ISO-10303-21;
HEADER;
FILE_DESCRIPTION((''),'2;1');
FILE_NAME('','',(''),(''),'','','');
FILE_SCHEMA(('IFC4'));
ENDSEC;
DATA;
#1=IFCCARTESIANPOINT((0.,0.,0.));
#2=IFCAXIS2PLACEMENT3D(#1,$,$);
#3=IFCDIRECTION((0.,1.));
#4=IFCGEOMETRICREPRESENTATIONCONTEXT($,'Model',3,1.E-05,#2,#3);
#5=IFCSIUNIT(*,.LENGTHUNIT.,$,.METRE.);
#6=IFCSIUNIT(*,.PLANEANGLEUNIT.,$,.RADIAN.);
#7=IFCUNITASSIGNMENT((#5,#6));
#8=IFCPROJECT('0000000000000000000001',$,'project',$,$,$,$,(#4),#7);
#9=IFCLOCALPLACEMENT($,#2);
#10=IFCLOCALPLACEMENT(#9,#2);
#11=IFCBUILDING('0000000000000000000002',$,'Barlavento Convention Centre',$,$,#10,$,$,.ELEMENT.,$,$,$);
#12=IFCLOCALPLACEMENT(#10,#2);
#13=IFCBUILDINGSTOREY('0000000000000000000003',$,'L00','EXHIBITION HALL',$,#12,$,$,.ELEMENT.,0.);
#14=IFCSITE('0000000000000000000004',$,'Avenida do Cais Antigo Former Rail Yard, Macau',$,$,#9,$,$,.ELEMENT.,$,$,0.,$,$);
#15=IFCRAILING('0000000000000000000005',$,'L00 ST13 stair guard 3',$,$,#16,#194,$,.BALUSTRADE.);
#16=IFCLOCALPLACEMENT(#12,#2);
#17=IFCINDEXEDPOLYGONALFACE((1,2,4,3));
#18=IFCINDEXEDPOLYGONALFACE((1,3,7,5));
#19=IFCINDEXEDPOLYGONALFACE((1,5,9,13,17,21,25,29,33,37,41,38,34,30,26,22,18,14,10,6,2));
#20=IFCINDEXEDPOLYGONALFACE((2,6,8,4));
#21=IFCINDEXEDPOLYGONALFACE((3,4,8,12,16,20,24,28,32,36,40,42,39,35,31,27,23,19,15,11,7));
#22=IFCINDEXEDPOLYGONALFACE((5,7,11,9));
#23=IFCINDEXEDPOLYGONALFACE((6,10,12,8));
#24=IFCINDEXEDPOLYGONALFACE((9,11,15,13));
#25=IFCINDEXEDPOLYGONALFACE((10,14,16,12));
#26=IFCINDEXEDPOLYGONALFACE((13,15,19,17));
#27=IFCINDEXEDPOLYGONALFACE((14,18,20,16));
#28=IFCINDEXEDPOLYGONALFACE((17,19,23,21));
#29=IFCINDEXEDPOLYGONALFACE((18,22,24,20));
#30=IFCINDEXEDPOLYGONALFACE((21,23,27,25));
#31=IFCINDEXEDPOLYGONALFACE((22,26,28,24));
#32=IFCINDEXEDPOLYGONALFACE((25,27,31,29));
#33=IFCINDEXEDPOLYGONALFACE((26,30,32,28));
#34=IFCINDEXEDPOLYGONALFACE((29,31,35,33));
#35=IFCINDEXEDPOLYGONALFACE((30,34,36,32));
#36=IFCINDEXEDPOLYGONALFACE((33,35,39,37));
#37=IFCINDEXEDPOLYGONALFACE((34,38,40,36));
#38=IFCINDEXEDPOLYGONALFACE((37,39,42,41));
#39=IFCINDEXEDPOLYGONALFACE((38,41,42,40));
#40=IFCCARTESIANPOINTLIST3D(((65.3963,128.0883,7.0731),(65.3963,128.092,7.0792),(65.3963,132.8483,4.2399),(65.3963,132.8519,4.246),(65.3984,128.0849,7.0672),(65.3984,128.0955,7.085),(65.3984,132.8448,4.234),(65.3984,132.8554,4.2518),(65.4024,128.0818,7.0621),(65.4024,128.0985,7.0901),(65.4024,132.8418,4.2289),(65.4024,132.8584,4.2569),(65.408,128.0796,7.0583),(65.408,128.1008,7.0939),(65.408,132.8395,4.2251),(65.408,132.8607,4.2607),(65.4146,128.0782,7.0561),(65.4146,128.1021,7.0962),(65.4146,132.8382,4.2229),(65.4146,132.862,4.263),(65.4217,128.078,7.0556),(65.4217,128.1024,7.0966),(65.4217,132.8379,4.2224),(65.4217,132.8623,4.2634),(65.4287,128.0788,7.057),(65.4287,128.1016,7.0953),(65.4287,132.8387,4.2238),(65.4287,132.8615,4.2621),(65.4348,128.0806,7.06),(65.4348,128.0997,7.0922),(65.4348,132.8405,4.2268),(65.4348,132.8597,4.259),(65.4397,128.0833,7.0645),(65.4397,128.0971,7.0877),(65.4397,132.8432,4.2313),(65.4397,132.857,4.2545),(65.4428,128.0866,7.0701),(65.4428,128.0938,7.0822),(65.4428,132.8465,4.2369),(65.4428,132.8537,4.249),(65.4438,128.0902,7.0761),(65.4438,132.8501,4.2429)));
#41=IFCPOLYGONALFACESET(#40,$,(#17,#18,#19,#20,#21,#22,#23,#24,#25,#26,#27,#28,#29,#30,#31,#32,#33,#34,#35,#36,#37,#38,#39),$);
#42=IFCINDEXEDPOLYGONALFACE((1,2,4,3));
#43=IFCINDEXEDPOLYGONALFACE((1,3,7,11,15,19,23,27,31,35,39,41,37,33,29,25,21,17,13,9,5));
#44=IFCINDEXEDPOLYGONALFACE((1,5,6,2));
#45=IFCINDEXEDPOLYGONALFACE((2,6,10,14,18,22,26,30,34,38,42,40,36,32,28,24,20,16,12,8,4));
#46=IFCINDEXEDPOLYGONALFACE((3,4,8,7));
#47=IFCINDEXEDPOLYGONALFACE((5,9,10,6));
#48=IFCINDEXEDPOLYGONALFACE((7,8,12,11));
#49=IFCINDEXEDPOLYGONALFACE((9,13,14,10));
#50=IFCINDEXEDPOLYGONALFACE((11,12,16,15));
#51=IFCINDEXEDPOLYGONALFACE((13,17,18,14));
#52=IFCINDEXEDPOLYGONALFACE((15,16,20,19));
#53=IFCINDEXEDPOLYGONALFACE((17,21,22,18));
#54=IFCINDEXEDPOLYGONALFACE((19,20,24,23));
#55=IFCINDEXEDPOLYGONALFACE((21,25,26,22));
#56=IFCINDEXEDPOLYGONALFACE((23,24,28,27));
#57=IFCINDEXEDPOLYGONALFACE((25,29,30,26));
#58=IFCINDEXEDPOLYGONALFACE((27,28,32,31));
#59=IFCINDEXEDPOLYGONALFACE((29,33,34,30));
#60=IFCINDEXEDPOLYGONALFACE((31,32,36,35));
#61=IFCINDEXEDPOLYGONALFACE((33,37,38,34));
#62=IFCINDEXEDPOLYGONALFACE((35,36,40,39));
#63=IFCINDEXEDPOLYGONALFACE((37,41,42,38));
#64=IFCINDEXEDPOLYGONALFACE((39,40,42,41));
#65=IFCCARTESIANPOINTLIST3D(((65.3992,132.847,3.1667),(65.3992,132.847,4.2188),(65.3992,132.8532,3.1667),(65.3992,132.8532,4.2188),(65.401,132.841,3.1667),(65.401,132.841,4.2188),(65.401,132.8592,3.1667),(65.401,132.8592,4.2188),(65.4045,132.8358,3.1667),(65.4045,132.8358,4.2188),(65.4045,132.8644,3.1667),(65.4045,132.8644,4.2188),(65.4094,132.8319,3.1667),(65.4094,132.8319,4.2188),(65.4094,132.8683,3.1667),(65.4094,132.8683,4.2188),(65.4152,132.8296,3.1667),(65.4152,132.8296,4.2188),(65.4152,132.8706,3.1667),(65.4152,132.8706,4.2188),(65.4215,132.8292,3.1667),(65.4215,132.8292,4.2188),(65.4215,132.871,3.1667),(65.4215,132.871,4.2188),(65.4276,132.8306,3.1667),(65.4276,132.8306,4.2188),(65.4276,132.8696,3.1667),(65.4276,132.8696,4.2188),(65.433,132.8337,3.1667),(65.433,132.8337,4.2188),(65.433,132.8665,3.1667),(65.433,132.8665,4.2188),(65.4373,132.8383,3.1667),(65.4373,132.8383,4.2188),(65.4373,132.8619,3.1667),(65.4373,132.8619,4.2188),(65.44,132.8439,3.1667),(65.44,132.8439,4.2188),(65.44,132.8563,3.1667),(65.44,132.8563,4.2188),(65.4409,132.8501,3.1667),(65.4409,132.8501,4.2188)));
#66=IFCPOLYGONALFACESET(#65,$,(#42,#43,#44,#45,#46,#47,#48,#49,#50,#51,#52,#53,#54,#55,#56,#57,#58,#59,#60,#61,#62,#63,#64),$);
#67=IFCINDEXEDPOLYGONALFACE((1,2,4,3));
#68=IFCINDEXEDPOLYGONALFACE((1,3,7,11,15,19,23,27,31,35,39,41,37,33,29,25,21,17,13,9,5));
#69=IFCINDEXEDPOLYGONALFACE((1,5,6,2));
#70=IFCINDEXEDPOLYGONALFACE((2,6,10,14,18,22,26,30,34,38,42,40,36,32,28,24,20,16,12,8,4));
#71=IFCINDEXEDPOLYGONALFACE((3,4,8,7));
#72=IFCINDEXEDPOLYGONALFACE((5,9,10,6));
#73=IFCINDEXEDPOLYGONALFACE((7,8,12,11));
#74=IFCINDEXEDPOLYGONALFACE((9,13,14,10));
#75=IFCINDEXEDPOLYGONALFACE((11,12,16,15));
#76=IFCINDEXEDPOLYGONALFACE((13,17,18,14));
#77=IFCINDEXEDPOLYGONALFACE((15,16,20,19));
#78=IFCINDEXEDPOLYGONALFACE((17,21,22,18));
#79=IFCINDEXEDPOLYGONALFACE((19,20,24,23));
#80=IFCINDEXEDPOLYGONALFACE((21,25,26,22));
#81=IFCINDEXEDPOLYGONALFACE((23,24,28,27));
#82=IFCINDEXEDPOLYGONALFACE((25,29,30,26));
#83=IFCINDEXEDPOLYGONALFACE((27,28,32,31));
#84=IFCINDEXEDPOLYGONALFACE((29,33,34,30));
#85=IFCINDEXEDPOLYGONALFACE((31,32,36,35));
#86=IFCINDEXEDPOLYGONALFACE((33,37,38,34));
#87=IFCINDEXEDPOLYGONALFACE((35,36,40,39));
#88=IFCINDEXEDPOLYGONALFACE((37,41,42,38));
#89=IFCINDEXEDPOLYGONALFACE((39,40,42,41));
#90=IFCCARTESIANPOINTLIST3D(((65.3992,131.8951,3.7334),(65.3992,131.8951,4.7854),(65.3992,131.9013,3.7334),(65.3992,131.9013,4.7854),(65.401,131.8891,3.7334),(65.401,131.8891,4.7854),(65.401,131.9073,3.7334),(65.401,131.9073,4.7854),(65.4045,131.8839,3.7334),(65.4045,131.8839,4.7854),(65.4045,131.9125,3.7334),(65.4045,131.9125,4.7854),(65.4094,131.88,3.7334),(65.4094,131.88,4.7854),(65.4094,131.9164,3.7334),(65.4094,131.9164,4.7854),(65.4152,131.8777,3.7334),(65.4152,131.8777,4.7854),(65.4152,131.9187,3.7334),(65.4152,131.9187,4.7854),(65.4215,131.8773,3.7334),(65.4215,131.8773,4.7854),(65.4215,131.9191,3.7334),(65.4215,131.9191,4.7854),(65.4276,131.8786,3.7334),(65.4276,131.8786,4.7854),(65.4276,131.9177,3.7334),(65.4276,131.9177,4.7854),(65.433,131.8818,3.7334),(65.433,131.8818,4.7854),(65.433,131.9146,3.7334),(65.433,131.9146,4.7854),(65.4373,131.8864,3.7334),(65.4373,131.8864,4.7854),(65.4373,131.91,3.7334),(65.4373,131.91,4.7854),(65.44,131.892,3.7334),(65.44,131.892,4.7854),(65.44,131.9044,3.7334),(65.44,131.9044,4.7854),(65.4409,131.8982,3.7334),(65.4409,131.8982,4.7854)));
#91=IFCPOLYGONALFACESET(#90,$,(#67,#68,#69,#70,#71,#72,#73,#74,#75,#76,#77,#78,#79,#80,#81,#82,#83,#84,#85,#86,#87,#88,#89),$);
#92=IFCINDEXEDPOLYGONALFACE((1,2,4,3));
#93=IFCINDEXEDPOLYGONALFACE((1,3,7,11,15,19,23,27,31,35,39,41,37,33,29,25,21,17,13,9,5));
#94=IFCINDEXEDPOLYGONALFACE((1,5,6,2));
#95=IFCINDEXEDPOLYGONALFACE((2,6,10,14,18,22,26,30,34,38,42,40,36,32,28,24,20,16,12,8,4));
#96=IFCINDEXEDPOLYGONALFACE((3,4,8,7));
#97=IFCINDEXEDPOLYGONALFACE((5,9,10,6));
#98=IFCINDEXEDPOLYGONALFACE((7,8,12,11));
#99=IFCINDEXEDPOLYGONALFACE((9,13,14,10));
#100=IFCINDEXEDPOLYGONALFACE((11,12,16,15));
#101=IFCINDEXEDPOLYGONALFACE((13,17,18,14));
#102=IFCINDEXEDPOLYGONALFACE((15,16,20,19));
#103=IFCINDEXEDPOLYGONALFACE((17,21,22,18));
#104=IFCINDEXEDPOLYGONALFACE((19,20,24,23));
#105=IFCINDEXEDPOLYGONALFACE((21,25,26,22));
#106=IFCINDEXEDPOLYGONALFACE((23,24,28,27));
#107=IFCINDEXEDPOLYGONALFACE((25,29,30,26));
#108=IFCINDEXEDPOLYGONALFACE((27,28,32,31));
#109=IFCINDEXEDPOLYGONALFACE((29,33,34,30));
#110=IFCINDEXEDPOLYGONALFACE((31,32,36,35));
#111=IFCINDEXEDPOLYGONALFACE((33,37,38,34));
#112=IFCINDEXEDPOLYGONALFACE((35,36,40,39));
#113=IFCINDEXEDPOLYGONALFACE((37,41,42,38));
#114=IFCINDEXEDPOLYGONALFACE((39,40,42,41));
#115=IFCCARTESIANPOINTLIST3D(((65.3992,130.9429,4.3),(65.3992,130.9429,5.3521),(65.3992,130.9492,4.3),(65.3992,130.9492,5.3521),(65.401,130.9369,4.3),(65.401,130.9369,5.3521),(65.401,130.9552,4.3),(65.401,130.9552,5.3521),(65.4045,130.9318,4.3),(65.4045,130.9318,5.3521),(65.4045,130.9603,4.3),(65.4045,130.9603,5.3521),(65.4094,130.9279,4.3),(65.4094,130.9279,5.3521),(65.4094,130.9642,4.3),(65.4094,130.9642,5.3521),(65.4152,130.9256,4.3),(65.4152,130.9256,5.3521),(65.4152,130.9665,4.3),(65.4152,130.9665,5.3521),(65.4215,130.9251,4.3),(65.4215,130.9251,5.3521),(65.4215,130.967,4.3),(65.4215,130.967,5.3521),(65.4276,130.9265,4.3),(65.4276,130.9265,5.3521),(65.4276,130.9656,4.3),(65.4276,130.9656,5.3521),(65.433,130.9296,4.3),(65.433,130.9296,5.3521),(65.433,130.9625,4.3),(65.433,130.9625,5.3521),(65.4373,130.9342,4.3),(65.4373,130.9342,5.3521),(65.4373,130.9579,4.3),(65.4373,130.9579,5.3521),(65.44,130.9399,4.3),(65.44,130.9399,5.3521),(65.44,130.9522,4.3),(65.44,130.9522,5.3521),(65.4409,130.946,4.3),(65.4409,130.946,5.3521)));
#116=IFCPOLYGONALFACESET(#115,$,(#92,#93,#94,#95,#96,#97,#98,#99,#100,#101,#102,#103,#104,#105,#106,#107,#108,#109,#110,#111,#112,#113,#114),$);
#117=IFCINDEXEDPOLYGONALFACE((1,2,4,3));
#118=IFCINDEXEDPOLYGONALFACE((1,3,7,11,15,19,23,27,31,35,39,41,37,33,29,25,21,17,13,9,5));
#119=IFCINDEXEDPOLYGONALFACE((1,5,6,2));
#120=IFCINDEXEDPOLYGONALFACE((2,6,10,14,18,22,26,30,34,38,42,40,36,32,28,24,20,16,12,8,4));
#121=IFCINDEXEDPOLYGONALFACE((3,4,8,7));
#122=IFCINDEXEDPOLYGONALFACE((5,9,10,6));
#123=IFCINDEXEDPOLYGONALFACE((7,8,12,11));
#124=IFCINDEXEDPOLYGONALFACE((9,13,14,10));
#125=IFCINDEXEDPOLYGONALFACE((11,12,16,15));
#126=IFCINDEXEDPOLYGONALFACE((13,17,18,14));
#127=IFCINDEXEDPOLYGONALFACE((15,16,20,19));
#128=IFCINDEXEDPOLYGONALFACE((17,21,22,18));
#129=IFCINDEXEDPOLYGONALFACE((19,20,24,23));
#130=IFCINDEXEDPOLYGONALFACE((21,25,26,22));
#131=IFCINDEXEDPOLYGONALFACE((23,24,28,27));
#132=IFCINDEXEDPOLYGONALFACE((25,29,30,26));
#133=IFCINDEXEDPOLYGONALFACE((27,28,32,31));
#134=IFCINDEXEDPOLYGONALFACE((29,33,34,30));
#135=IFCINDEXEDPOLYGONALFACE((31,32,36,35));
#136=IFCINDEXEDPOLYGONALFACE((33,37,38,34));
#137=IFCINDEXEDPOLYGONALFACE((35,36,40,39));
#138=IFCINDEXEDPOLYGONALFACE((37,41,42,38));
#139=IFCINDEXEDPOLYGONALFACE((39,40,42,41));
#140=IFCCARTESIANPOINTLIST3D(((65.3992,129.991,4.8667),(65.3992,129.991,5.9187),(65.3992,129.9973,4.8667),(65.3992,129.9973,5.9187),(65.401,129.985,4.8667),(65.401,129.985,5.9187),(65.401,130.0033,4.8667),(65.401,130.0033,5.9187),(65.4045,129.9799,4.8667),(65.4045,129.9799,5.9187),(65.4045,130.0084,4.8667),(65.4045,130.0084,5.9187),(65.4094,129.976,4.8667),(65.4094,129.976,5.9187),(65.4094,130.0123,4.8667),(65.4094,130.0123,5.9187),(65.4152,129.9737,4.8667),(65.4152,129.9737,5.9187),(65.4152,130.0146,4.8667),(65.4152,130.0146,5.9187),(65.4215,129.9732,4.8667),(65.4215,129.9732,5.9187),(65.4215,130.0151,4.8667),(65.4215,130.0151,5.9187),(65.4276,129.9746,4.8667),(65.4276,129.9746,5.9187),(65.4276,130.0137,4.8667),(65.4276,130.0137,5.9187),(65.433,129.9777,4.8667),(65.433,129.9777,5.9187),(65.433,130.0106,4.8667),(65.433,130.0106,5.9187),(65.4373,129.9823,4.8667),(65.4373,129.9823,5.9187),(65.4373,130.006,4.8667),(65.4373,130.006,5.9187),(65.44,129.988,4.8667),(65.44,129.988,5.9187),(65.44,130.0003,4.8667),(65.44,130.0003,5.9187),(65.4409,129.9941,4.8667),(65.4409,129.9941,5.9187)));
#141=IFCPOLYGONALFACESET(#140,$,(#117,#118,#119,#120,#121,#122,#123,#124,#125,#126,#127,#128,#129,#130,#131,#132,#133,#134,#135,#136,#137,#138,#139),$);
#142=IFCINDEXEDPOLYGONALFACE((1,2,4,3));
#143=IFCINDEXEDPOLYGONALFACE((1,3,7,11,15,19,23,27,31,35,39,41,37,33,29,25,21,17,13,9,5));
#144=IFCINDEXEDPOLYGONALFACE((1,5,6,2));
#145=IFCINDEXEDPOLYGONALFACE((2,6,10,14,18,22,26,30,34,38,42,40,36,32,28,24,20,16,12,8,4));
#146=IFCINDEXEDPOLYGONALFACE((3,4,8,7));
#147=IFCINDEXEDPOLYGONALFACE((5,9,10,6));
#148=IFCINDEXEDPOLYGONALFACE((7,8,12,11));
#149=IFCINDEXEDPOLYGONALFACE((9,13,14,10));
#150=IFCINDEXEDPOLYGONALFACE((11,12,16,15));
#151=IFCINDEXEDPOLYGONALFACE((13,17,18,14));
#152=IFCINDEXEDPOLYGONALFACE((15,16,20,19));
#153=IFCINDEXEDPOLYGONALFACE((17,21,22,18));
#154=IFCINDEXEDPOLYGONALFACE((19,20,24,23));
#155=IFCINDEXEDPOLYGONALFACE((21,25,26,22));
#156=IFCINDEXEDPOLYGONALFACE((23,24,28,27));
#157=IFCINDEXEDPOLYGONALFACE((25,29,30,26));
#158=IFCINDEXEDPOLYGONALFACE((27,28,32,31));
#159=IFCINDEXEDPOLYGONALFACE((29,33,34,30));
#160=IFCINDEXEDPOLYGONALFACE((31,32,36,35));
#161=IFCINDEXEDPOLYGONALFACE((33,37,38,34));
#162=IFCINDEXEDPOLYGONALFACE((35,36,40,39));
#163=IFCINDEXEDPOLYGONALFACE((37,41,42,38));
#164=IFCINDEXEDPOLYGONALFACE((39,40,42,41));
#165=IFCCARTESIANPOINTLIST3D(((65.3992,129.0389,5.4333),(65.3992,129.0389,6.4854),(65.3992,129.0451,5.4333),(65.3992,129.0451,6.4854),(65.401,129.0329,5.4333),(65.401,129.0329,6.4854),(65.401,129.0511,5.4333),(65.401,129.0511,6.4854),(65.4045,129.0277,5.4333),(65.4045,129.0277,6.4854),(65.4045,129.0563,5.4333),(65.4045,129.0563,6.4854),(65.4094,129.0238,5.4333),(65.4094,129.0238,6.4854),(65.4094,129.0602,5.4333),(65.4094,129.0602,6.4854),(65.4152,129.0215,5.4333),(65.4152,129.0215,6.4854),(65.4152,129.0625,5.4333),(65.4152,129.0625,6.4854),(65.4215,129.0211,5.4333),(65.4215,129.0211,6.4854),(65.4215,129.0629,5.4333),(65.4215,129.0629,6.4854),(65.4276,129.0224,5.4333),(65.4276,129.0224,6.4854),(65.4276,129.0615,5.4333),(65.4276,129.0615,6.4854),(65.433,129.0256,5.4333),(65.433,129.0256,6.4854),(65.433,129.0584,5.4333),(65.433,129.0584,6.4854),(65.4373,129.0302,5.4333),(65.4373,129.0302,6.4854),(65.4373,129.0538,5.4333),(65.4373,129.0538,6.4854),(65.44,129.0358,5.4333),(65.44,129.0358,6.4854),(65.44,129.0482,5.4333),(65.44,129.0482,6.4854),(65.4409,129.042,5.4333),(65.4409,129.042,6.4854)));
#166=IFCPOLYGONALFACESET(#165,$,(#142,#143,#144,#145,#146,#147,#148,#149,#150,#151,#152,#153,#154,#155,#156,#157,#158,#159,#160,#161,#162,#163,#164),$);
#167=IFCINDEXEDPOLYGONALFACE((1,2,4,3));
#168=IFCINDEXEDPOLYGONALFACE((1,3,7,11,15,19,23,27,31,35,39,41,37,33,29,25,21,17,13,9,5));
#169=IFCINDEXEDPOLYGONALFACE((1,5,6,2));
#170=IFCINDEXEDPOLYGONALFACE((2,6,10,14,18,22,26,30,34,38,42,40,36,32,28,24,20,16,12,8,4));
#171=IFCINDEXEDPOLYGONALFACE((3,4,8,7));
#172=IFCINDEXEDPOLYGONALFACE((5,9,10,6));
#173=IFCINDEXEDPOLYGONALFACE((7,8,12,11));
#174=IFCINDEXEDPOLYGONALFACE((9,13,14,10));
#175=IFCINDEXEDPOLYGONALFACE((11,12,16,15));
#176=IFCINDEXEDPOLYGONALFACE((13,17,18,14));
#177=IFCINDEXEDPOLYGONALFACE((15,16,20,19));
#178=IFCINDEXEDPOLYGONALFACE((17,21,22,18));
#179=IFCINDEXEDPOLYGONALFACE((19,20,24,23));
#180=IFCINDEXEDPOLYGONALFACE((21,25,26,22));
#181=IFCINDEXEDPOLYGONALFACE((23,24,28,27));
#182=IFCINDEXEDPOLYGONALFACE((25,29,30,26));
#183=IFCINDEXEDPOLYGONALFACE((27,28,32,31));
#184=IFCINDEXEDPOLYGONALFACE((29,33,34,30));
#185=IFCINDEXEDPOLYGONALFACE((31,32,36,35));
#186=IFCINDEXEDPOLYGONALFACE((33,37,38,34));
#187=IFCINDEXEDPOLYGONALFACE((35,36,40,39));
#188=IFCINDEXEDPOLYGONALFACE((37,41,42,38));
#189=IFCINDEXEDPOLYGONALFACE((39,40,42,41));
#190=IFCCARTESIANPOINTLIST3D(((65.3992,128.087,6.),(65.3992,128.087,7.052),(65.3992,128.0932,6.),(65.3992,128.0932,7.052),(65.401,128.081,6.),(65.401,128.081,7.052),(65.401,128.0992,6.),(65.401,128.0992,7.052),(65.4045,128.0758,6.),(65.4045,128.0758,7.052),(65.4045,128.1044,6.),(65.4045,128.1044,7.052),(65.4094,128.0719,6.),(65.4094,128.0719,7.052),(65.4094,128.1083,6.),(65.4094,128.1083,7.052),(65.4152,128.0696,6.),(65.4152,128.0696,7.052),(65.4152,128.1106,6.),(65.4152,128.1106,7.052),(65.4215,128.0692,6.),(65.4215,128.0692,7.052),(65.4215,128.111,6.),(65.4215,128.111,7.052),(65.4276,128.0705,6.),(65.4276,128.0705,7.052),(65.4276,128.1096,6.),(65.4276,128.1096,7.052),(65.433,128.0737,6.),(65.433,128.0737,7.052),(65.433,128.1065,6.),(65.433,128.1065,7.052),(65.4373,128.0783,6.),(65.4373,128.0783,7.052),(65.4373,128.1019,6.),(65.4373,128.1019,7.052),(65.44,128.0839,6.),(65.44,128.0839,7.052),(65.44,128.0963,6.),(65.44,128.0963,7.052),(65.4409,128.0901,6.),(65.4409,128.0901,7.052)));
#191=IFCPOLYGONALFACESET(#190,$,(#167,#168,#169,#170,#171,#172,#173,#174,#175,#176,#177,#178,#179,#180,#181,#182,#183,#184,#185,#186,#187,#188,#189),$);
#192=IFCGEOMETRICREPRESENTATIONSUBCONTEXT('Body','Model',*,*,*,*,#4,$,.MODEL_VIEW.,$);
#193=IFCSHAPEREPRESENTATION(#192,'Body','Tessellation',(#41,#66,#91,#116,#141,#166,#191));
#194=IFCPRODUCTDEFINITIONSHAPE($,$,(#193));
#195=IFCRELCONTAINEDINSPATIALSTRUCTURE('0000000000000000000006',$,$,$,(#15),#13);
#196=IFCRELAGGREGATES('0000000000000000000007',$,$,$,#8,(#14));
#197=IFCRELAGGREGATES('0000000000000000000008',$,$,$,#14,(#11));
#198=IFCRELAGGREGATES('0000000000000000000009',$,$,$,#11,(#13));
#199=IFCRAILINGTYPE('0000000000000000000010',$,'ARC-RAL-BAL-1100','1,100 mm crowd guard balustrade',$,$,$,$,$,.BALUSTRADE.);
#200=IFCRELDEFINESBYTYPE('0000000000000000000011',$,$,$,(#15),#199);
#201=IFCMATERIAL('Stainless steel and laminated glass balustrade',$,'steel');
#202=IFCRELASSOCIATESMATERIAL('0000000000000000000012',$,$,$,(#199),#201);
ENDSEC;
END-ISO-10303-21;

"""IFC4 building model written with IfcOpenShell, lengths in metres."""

from ifc_helpers import new_model, si_unit, direction, frame, origin, origin_2d, place, context, subcontext, project, spatial, circle, extrude, material, type_object, element, save


model = new_model("IFC4")

# Units and contexts
model_context = context("Model", 3, precision=1e-05, world=origin(), true_north=direction((0.0, 1.0)))
body_context = subcontext(model_context, "Body", "Model", "MODEL_VIEW")
ifc_project = project(units=[si_unit("LENGTHUNIT", "METRE"), si_unit("PLANEANGLEUNIT", "RADIAN")], contexts=[model_context])

# Site, building, storey
site_placement = place(None, origin())
site = spatial("IfcSite", under=ifc_project, at=site_placement, Name="Avenida do Cais Antigo Former Rail Yard, Macau", CompositionType="ELEMENT", RefElevation=0.0)
building_placement = place(site_placement, origin())
building = spatial("IfcBuilding", under=site, at=building_placement, Name="Barlavento Convention Centre", CompositionType="ELEMENT")
storey_placement = place(building_placement, origin())
storey = spatial("IfcBuildingStorey", under=building, at=storey_placement, Name="L00", Description="EXHIBITION HALL", CompositionType="ELEMENT", Elevation=0.0)

# Railing
ifc_material_1 = material(Name="Stainless steel and laminated glass balustrade", Category="steel")
railing_type_1 = type_object("IfcRailingType", Name="ARC-RAL-BAL-1100", Description="1,100 mm crowd guard balustrade", PredefinedType="BALUSTRADE", material=ifc_material_1)
railing_1_placement = place(storey_placement, frame((65.4199, 132.8501, 3.1667)))
element("IfcRailing", 1, at=railing_1_placement, inside=storey, type_object=railing_type_1, Name="L00 ST13 stair guard 3", PredefinedType="BALUSTRADE", context=body_context, shape_type="SweptSolid", body=[
    extrude(circle(Radius=0.0239, at=origin_2d()), frame((0.0, 0.0, 1.0762), z_axis=(0.0, -0.8593, 0.511472), x_axis=(1.0, 0.0, 0.0)), (0.0, 0.0, 1.0), 5.5393),
    extrude(circle(Radius=0.021, at=origin_2d()), origin(), (0.0, 0.0, 1.0), 1.052),
    extrude(circle(Radius=0.021, at=origin_2d()), frame((0.0, -0.9519, 0.5667)), (0.0, 0.0, 1.0), 1.052),
    extrude(circle(Radius=0.021, at=origin_2d()), frame((0.0, -1.9041, 1.1333)), (0.0, 0.0, 1.0), 1.052),
    extrude(circle(Radius=0.021, at=origin_2d()), frame((0.0, -2.856, 1.7)), (0.0, 0.0, 1.0), 1.052),
    extrude(circle(Radius=0.021, at=origin_2d()), frame((0.0, -3.8081, 2.2666)), (0.0, 0.0, 1.0), 1.052),
    extrude(circle(Radius=0.021, at=origin_2d()), frame((0.0, -4.76, 2.8333)), (0.0, 0.0, 1.0), 1.052),
])

save(model, "model.ifc")
